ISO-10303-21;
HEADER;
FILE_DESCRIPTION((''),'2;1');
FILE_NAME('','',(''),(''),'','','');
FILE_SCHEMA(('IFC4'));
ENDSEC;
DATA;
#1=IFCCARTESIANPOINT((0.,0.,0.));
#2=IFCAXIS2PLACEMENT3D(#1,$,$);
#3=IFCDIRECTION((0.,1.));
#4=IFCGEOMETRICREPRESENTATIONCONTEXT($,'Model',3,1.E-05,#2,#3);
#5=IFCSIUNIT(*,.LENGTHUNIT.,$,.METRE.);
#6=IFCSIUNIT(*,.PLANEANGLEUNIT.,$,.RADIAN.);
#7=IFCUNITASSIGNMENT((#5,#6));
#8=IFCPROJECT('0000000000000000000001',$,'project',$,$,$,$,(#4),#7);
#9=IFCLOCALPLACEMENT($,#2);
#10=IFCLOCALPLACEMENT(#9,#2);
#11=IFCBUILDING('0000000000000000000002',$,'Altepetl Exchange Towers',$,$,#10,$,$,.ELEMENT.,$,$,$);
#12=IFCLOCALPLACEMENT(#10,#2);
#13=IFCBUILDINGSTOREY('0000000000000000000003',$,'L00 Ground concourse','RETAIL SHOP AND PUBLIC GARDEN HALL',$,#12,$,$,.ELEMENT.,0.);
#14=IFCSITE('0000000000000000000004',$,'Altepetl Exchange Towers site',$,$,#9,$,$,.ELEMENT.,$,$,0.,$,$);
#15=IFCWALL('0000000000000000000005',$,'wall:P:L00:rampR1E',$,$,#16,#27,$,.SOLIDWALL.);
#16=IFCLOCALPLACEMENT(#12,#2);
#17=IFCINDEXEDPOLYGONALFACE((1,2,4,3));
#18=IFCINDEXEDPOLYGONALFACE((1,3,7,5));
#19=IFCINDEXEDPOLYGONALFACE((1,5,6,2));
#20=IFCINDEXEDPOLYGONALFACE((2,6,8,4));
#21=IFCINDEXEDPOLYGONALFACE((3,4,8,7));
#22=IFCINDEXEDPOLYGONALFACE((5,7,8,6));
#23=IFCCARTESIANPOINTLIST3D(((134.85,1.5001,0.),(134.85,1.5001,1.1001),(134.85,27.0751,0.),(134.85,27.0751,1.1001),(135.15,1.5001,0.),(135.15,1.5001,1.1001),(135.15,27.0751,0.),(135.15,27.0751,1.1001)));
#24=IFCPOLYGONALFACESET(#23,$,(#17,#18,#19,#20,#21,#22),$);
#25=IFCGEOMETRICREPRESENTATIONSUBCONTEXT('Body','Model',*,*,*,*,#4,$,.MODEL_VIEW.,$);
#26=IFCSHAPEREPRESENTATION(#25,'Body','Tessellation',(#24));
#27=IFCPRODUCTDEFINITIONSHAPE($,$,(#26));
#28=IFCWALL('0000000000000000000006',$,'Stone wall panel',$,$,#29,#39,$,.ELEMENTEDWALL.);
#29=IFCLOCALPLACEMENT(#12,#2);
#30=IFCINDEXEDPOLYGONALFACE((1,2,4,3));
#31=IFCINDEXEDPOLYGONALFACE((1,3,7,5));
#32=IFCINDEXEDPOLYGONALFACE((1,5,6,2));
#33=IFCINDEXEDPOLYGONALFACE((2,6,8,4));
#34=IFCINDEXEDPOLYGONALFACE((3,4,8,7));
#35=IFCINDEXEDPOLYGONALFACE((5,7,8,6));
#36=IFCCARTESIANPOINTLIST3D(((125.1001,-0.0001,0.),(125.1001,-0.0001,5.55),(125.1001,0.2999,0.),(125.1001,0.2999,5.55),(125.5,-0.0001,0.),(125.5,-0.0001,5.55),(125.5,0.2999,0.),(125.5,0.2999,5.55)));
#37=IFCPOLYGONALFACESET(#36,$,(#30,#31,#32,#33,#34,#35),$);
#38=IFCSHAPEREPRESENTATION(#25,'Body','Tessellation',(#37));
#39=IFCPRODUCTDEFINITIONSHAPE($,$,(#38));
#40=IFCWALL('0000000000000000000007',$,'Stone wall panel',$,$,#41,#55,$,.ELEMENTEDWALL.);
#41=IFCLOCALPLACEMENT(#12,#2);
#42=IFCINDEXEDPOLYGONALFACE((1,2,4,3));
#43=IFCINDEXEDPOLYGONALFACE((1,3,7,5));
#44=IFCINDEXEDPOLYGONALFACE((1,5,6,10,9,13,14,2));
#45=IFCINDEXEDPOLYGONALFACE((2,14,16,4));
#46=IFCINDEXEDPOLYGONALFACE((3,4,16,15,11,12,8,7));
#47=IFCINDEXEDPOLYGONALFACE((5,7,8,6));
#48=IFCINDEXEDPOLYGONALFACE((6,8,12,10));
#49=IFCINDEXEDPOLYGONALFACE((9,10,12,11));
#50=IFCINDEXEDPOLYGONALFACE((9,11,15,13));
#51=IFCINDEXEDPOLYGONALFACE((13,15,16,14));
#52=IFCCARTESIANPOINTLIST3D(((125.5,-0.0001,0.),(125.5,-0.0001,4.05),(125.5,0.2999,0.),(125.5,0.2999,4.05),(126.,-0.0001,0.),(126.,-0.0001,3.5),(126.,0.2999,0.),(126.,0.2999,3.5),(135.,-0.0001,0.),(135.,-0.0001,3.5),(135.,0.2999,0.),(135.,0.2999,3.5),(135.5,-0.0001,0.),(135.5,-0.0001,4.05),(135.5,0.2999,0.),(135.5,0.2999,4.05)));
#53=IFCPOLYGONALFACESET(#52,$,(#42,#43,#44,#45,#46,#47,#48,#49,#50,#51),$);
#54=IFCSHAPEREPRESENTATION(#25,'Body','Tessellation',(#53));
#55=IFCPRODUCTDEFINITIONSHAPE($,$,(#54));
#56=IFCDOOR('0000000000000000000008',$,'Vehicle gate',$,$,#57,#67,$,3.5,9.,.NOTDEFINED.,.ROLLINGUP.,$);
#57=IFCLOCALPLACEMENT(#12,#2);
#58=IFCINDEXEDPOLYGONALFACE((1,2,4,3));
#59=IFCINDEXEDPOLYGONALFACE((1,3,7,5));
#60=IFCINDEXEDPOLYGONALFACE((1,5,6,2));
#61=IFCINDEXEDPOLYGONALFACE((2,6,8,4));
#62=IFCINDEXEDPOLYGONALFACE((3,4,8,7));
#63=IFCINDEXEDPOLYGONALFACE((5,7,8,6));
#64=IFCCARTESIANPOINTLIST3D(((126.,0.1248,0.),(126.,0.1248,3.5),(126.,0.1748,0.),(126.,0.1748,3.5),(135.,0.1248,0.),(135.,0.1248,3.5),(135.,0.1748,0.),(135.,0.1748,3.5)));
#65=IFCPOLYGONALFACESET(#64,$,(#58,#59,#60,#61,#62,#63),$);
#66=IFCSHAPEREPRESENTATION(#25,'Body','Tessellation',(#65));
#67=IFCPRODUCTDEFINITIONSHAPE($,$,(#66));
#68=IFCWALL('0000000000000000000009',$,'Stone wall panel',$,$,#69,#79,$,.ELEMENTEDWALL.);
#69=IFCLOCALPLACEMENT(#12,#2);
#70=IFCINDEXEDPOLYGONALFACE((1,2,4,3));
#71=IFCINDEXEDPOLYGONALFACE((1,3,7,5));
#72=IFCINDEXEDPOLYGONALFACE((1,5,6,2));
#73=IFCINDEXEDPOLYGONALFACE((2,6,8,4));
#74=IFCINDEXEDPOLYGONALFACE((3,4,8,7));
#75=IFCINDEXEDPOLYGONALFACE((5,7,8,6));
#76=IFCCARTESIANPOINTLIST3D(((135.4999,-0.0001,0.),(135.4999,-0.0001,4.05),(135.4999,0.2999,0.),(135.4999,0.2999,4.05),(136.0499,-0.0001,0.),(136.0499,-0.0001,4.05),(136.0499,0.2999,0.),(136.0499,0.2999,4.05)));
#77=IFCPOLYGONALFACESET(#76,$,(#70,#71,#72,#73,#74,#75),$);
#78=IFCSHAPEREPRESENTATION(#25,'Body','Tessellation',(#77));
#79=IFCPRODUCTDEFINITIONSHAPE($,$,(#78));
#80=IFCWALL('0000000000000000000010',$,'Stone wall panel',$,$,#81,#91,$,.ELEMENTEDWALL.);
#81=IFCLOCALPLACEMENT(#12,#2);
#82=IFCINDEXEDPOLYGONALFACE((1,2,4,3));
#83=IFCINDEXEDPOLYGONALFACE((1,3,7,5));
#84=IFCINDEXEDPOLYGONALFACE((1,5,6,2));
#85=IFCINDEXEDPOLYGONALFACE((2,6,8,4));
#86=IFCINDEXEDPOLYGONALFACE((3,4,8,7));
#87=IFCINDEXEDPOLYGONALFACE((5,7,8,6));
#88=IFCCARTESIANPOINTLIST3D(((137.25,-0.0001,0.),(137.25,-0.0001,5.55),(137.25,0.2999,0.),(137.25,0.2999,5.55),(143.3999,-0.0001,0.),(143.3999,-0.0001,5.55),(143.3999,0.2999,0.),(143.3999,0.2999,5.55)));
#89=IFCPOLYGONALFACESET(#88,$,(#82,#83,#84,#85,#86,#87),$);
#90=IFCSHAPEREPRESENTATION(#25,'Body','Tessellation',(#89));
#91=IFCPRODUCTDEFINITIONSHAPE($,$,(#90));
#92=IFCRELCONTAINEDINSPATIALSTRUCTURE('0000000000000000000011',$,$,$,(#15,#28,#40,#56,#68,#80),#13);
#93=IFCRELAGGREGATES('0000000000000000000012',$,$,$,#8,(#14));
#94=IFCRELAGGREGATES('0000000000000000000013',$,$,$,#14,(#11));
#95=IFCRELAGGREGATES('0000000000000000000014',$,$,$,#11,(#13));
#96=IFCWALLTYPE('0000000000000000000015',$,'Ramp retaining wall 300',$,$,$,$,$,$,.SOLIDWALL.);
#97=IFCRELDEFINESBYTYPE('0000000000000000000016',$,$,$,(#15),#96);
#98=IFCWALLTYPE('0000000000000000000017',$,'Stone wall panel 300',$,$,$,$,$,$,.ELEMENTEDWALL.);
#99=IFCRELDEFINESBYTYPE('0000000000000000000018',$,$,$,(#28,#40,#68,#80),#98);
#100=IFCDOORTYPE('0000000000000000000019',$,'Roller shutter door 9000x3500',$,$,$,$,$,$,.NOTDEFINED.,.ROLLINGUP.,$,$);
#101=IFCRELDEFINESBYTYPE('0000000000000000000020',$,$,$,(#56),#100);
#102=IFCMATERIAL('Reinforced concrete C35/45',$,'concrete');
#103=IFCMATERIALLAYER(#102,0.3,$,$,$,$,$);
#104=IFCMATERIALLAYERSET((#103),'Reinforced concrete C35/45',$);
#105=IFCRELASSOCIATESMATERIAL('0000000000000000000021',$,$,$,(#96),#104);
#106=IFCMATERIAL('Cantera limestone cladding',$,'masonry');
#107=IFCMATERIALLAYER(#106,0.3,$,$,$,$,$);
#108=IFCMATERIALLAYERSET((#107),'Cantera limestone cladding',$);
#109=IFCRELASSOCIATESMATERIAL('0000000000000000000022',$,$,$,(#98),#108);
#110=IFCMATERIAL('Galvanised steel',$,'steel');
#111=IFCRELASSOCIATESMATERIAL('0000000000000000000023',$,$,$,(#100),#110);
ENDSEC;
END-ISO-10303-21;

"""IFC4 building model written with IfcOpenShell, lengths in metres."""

from ifc_helpers import new_model, si_unit, direction, frame, frame_2d, origin, place, context, subcontext, project, spatial, rectangle, extrude, material, layer, layer_set, type_object, element, fill, save


model = new_model("IFC4")

# Units and contexts
model_context = context("Model", 3, precision=1e-05, world=origin(), true_north=direction((0.0, 1.0)))
body_context = subcontext(model_context, "Body", "Model", "MODEL_VIEW")
ifc_project = project(units=[si_unit("LENGTHUNIT", "METRE"), si_unit("PLANEANGLEUNIT", "RADIAN")], contexts=[model_context])

# Site, building, storey
site_placement = place(None, origin())
site = spatial("IfcSite", under=ifc_project, at=site_placement, Name="Altepetl Exchange Towers site", CompositionType="ELEMENT", RefElevation=0.0)
building_placement = place(site_placement, origin())
building = spatial("IfcBuilding", under=site, at=building_placement, Name="Altepetl Exchange Towers", CompositionType="ELEMENT")
storey_placement = place(building_placement, origin())
storey = spatial("IfcBuildingStorey", under=building, at=storey_placement, Name="L00 Ground concourse", Description="RETAIL SHOP AND PUBLIC GARDEN HALL", CompositionType="ELEMENT", Elevation=0.0)

# Shared definitions
ifc_material_1 = material(Name="Reinforced concrete C35/45", Category="concrete")

# Walls
ifc_layer_1 = layer(ifc_material_1, 0.3)
ifc_layer_set_1 = layer_set([ifc_layer_1], Name="Reinforced concrete C35/45")
wall_type_1 = type_object("IfcWallType", Name="Ramp retaining wall 300", PredefinedType="SOLIDWALL", material=ifc_layer_set_1)
for number, where, z_axis, x_axis, name in (
    (1, (135.0, 1.5, 0.0), (0.0, 0.0, 1.0), (0.0, 1.0, 0.0), "wall:P:L00:rampR1E"),
):
    element("IfcWall", number, at=place(storey_placement, frame(where, z_axis=z_axis, x_axis=x_axis)), inside=storey, type_object=wall_type_1, Name=name, PredefinedType="SOLIDWALL", context=body_context, shape_type="SweptSolid", body=[
        extrude(rectangle(XDim=25.575, YDim=0.3, at=frame_2d((12.7876, 0.0))), origin(), (0.0, 0.0, 1.0), 1.1001),
    ])
ifc_material_2 = material(Name="Cantera limestone cladding", Category="masonry")
ifc_layer_2 = layer(ifc_material_2, 0.3)
ifc_layer_set_2 = layer_set([ifc_layer_2], Name="Cantera limestone cladding")
wall_type_2 = type_object("IfcWallType", Name="Stone wall panel 300", PredefinedType="ELEMENTEDWALL", material=ifc_layer_set_2)
wall_1_placement = place(storey_placement, frame((125.1001, 0.1499, 0.0)))
element("IfcWall", 2, at=wall_1_placement, inside=storey, type_object=wall_type_2, Name="Stone wall panel", PredefinedType="ELEMENTEDWALL", context=body_context, shape_type="SweptSolid", body=[
    extrude(rectangle(XDim=0.3999, YDim=0.3, at=frame_2d((0.2, 0.0))), origin(), (0.0, 0.0, 1.0), 5.55),
])

# Wall, opening, door
wall_2_placement = place(storey_placement, frame((125.5, 0.1499, 0.0)))
wall_2 = element("IfcWall", 3, at=wall_2_placement, inside=storey, type_object=wall_type_2, Name="Stone wall panel", PredefinedType="ELEMENTEDWALL", context=body_context, shape_type="SweptSolid", body=[
    extrude(rectangle(XDim=10.0, YDim=0.3, at=frame_2d((5.0, 0.0))), origin(), (0.0, 0.0, 1.0), 4.05),
])
opening_1_placement = place(wall_2_placement, frame((0.5, 0.0, 0.0)))
opening_1 = element("IfcOpeningElement", 4, at=opening_1_placement, cuts=wall_2, PredefinedType="OPENING", context=body_context, shape_type="SweptSolid", body=[
    extrude(rectangle(XDim=9.0, YDim=3.5, at=frame_2d((4.5, 1.75))), frame((0.0, 0.1602, 0.0), z_axis=(0.0, -1.0, 0.0), x_axis=(1.0, 0.0, 0.0)), (0.0, 0.0, 1.0), 0.3201),
])
ifc_material_3 = material(Name="Galvanised steel", Category="steel")
door_type_1 = type_object("IfcDoorType", Name="Roller shutter door 9000x3500", OperationType="ROLLINGUP", PredefinedType="NOTDEFINED", material=ifc_material_3)
door_1_placement = place(opening_1_placement, origin())
door_1 = element("IfcDoor", 5, at=door_1_placement, inside=storey, type_object=door_type_1, Name="Vehicle gate", OperationType="ROLLINGUP", OverallHeight=3.5, OverallWidth=9.0, PredefinedType="NOTDEFINED", context=body_context, shape_type="SweptSolid", body=[
    extrude(rectangle(XDim=9.0, YDim=3.5, at=frame_2d((4.5, 1.75))), frame((0.0, 0.0249, 0.0), z_axis=(0.0, -1.0, 0.0), x_axis=(1.0, 0.0, 0.0)), (0.0, 0.0, 1.0), 0.05),
])
fill(opening_1, door_1)

# Walls
wall_3_placement = place(storey_placement, frame((135.5, 0.1499, 0.0)))
element("IfcWall", 6, at=wall_3_placement, inside=storey, type_object=wall_type_2, Name="Stone wall panel", PredefinedType="ELEMENTEDWALL", context=body_context, shape_type="SweptSolid", body=[
    extrude(rectangle(XDim=0.55, YDim=0.3, at=frame_2d((0.2749, 0.0))), origin(), (0.0, 0.0, 1.0), 4.05),
])
wall_4_placement = place(storey_placement, frame((137.25, 0.1499, 0.0)))
element("IfcWall", 7, at=wall_4_placement, inside=storey, type_object=wall_type_2, Name="Stone wall panel", PredefinedType="ELEMENTEDWALL", context=body_context, shape_type="SweptSolid", body=[
    extrude(rectangle(XDim=6.1499, YDim=0.3, at=frame_2d((3.075, 0.0))), origin(), (0.0, 0.0, 1.0), 5.55),
])

save(model, "model.ifc")
